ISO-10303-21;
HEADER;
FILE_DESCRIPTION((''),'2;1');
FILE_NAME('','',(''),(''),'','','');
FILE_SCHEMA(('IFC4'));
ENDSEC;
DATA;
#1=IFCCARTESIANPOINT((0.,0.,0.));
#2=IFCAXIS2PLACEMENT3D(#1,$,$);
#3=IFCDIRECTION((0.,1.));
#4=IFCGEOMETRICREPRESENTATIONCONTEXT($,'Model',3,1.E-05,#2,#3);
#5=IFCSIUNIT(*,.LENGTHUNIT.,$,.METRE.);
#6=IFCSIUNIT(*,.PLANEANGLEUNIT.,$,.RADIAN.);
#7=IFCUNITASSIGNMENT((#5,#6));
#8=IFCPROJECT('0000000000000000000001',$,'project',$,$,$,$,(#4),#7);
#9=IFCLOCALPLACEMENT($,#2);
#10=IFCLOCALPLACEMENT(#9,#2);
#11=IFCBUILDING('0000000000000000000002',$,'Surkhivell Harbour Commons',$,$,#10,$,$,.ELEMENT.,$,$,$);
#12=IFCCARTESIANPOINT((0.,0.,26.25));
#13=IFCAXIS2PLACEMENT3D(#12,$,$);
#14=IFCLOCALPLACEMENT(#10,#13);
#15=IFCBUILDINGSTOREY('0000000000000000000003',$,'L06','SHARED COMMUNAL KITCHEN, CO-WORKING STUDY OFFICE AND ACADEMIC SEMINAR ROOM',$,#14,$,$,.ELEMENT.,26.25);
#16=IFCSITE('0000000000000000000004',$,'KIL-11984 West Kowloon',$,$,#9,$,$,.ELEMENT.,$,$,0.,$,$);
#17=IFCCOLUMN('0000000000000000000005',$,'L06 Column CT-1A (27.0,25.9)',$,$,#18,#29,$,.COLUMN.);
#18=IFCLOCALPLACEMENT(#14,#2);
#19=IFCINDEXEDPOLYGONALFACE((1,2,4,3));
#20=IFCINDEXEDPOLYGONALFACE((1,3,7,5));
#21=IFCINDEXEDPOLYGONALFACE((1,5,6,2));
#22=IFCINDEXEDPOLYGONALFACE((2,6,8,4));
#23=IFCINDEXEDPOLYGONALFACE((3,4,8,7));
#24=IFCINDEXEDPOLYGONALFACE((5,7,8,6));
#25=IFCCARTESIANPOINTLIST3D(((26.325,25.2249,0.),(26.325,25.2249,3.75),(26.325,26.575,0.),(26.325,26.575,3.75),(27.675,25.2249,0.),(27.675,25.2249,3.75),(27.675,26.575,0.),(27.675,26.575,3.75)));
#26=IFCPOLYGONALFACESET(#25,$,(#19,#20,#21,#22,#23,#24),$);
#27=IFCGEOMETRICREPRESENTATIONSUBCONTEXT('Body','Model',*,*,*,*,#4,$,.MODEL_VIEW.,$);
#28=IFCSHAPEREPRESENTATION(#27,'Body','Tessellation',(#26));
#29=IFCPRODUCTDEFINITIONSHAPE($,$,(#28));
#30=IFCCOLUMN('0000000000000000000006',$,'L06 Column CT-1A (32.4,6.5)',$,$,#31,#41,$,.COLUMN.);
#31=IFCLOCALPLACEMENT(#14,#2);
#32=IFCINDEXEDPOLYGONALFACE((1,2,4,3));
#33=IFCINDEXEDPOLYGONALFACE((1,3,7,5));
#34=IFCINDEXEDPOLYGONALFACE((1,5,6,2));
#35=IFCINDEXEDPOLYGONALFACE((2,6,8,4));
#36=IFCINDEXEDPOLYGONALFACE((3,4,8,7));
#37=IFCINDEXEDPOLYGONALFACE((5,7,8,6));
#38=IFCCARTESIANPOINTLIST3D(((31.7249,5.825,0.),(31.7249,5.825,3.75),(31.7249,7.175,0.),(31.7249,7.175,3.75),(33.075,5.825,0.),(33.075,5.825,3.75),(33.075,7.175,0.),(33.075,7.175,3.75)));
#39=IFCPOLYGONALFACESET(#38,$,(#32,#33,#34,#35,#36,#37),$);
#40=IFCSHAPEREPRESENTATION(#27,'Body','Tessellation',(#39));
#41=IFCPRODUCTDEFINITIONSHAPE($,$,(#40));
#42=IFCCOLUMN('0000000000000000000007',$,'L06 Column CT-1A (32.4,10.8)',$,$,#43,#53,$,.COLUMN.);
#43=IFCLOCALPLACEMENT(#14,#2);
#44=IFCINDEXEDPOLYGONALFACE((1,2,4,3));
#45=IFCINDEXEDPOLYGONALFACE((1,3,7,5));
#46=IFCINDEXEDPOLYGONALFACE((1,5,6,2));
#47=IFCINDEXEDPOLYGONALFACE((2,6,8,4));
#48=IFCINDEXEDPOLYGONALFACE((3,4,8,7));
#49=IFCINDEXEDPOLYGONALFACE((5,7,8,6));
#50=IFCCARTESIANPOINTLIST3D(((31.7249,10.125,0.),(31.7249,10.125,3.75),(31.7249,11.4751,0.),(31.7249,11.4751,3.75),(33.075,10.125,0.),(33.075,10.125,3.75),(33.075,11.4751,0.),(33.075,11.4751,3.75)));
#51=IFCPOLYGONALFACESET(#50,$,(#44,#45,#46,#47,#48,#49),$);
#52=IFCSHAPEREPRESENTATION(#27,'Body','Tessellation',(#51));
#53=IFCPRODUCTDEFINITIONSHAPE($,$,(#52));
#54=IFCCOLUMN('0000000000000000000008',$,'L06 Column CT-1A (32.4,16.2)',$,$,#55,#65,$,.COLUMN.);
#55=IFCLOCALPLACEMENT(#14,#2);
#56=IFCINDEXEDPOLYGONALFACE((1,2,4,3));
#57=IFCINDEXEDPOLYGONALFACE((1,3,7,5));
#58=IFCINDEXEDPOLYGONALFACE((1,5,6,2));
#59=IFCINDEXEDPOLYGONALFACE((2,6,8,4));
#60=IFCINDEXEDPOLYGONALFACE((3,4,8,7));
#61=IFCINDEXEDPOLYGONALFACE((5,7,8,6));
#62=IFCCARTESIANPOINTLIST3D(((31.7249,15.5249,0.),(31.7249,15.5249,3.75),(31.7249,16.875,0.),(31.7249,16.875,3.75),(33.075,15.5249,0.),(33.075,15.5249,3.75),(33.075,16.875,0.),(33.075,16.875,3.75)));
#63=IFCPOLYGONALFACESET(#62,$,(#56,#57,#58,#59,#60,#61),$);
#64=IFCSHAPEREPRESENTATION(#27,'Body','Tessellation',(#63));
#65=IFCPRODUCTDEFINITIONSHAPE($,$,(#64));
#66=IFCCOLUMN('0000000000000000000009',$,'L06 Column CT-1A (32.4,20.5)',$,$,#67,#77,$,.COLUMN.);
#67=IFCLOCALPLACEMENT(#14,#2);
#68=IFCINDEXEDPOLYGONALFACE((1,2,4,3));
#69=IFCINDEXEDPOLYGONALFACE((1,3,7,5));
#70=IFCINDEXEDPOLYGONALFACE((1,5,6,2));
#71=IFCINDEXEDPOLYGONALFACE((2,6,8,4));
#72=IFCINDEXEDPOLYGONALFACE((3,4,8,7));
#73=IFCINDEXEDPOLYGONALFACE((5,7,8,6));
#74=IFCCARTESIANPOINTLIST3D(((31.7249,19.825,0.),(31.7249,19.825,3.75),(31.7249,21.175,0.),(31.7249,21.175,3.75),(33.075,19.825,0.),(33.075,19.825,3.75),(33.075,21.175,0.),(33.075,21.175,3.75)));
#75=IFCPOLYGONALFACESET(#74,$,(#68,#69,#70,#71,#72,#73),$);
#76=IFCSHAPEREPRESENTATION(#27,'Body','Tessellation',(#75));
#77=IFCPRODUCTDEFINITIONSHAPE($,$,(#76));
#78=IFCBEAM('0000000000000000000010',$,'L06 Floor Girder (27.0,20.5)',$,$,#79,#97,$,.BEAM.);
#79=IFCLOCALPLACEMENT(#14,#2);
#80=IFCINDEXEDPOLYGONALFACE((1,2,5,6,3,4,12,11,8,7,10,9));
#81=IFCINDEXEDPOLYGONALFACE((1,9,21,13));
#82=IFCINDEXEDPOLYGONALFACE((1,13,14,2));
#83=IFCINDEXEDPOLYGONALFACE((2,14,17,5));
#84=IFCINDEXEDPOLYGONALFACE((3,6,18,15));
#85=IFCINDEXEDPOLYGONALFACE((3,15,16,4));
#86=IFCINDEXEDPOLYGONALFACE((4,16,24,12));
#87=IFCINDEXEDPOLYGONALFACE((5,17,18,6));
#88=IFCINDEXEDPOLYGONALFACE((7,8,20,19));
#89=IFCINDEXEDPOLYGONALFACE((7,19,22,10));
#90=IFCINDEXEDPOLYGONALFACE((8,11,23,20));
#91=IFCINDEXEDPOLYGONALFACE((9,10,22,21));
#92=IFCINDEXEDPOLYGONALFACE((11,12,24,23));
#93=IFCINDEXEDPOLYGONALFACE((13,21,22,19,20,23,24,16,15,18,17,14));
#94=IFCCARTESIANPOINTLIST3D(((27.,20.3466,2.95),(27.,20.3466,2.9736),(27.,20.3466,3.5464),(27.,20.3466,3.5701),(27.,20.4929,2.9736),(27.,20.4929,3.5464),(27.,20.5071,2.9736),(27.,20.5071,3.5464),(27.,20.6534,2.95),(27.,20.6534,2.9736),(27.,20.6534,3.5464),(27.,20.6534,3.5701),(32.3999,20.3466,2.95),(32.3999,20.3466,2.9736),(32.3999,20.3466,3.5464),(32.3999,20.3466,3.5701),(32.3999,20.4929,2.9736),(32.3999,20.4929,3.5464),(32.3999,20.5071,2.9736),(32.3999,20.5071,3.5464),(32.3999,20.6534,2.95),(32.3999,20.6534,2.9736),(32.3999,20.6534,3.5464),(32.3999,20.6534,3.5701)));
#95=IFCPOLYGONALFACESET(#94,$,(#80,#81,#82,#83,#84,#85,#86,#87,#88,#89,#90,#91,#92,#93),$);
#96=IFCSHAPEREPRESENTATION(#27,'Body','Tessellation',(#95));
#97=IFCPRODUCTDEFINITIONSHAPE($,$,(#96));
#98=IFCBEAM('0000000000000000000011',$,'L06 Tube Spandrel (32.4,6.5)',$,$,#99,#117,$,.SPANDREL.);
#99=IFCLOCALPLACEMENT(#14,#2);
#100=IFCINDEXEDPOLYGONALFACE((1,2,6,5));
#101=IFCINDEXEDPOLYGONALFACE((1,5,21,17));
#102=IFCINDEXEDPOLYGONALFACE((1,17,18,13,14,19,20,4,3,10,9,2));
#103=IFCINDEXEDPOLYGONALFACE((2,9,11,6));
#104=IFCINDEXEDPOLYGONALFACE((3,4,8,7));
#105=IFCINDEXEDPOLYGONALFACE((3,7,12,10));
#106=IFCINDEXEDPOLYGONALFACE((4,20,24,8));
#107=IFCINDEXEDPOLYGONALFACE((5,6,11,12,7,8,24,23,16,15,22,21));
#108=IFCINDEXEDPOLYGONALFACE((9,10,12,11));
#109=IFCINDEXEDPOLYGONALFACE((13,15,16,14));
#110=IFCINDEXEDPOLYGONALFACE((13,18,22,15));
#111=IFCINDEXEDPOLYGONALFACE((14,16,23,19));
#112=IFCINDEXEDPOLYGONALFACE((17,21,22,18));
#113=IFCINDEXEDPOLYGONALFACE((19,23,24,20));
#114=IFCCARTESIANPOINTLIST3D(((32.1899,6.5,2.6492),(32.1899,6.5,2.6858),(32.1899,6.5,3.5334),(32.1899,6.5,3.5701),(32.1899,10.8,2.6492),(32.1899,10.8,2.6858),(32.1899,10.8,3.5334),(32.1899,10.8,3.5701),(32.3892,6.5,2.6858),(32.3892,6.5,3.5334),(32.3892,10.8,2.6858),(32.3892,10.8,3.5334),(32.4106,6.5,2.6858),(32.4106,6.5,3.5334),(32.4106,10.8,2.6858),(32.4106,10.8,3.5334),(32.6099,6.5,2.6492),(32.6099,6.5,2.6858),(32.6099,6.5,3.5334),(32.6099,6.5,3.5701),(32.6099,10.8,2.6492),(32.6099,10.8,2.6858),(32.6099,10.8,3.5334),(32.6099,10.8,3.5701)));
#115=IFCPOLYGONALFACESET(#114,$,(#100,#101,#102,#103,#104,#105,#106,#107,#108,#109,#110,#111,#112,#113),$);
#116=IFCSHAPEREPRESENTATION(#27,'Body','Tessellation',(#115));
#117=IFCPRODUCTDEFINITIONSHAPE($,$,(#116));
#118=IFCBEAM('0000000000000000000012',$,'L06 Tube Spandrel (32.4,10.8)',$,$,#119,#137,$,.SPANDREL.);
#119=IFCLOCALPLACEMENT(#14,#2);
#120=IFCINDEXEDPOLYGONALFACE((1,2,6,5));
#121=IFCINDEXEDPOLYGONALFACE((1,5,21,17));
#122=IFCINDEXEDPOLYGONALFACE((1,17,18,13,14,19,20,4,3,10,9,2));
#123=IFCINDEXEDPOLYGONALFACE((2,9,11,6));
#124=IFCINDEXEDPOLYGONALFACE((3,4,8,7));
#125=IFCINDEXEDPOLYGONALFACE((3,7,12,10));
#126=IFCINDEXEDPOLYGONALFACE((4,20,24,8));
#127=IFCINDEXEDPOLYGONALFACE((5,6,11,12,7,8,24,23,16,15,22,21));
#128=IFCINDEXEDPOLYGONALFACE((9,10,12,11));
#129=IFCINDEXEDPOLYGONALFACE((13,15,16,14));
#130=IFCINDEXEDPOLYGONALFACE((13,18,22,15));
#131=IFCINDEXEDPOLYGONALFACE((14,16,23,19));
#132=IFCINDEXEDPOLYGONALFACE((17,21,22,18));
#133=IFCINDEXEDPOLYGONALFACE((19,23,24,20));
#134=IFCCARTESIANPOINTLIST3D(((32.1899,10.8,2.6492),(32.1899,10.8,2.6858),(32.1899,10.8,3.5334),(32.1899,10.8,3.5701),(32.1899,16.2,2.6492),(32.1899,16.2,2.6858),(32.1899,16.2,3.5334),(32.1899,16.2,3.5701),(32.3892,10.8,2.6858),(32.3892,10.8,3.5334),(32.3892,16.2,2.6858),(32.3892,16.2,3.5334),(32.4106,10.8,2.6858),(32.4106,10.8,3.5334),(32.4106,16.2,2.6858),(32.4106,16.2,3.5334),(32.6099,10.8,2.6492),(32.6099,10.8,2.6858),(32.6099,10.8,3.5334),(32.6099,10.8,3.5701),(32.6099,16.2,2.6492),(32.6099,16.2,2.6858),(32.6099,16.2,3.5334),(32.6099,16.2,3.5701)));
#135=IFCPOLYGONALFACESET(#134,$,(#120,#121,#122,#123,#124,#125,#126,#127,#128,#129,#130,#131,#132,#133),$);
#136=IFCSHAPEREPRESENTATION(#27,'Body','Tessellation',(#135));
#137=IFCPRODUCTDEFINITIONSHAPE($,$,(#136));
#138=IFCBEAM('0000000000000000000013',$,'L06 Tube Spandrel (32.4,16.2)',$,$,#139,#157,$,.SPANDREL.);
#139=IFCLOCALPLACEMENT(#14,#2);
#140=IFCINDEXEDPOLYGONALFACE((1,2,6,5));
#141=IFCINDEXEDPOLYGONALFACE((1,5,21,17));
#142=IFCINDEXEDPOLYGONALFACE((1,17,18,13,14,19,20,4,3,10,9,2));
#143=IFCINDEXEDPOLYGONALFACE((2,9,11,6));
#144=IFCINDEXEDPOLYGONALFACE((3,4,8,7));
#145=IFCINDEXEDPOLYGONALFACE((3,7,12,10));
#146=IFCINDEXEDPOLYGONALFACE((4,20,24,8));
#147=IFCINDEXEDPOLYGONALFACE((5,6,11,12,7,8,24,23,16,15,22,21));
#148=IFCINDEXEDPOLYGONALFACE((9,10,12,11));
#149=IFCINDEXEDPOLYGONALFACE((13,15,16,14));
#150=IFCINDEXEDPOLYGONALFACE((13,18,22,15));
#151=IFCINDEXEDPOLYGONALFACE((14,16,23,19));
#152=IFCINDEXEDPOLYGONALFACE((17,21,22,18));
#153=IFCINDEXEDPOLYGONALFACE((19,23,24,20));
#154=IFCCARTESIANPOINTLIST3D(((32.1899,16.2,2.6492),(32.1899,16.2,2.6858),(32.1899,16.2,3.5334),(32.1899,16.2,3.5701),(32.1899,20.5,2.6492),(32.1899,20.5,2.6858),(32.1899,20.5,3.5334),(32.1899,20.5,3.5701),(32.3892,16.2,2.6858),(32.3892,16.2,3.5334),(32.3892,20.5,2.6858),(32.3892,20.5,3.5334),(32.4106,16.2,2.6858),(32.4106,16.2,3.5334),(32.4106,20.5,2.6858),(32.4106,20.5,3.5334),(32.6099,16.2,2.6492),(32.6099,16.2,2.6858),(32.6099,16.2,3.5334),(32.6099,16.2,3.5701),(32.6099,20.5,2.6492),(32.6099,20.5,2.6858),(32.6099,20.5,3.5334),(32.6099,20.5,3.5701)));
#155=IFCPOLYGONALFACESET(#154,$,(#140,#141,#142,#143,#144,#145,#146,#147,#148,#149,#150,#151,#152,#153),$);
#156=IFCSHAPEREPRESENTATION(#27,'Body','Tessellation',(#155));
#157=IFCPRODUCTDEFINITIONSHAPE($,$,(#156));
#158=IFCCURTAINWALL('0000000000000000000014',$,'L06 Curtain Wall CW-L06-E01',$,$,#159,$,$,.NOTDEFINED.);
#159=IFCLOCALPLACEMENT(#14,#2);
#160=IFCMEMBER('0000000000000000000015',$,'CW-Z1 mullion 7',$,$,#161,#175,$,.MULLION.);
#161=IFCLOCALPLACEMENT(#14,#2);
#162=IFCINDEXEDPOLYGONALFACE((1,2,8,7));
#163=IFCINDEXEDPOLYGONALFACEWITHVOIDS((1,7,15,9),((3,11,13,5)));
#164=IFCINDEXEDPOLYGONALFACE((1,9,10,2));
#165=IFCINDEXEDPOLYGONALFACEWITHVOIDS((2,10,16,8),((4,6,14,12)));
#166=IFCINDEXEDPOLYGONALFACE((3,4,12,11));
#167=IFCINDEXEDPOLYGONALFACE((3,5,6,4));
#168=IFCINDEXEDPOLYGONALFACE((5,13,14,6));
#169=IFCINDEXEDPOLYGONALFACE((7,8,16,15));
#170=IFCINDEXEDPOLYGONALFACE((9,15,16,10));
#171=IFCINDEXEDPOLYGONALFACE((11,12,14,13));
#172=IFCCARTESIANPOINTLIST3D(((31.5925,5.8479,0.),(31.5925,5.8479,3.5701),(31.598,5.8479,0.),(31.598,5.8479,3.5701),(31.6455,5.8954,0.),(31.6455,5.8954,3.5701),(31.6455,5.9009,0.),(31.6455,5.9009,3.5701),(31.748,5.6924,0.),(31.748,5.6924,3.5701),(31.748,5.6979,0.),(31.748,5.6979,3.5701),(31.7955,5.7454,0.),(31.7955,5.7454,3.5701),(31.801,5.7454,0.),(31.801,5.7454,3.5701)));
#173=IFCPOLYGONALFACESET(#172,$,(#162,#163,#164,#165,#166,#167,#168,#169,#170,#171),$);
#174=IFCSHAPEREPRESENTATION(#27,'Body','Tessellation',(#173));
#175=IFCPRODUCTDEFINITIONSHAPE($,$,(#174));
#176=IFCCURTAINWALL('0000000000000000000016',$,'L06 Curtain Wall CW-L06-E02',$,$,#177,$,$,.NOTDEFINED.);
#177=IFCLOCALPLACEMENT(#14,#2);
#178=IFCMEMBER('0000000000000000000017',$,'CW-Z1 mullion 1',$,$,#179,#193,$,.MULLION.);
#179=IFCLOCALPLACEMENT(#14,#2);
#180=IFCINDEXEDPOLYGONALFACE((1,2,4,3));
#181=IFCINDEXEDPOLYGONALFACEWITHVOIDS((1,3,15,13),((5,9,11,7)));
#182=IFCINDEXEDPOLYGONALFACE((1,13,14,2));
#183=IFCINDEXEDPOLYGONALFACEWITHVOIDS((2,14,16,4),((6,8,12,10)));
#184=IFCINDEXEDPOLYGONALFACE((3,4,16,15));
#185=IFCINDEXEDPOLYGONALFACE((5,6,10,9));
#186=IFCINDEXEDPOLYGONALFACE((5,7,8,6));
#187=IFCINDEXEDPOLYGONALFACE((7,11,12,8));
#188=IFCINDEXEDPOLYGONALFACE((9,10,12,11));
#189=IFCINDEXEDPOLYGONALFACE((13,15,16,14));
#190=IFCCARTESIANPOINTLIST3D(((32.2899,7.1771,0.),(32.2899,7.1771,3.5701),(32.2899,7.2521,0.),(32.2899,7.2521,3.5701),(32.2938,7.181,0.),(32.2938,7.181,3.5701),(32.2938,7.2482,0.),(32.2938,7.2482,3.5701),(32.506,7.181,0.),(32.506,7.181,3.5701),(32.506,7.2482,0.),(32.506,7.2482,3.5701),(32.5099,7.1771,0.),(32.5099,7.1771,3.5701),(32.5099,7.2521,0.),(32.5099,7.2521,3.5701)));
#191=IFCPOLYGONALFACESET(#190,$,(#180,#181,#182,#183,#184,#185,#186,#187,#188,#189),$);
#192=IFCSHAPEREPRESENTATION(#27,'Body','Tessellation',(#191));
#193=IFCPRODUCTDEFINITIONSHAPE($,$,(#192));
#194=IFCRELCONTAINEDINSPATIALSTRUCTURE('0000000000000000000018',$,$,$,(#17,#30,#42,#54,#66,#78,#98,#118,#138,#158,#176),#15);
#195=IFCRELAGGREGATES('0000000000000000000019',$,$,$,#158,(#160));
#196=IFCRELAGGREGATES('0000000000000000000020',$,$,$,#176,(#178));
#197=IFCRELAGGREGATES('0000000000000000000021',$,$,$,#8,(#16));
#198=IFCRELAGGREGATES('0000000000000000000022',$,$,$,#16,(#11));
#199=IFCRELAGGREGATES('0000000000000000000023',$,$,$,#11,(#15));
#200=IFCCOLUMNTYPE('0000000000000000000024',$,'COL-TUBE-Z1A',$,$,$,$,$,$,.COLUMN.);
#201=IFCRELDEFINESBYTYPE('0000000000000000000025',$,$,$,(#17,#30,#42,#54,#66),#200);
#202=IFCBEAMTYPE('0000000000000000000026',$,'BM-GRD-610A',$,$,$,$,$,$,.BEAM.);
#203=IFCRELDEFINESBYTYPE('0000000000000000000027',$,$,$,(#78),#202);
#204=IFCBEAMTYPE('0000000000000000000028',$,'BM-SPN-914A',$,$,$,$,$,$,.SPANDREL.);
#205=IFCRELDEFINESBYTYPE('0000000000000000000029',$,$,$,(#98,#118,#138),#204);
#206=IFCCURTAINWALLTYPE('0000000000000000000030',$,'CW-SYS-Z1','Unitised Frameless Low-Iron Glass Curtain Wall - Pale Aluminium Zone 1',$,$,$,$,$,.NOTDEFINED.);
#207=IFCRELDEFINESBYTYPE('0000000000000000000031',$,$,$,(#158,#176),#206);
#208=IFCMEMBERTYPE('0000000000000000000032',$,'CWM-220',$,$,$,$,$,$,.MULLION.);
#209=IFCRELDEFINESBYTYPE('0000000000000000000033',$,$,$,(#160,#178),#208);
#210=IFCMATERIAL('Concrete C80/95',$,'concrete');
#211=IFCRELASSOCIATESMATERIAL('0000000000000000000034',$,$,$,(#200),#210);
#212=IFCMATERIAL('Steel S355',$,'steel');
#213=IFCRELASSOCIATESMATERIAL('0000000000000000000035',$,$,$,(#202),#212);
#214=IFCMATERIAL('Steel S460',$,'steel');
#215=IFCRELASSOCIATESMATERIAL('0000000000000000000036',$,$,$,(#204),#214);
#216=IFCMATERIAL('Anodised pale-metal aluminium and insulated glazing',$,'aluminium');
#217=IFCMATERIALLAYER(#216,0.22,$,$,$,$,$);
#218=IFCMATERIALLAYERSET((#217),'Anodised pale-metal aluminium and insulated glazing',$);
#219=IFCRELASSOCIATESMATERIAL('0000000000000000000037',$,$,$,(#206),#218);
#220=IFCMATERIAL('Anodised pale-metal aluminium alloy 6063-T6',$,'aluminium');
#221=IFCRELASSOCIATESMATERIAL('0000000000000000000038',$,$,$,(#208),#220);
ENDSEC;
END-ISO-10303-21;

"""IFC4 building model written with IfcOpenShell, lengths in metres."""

from ifc_helpers import new_model, si_unit, direction, frame, origin, origin_2d, place, context, subcontext, project, spatial, rectangle, hollow_rectangle, i_section, extrude, material, layer, layer_set, material_profile, profile_set, type_object, element, aggregate, save


model = new_model("IFC4")

# Units and contexts
model_context = context("Model", 3, precision=1e-05, world=origin(), true_north=direction((0.0, 1.0)))
body_context = subcontext(model_context, "Body", "Model", "MODEL_VIEW")
ifc_project = project(units=[si_unit("LENGTHUNIT", "METRE"), si_unit("PLANEANGLEUNIT", "RADIAN")], contexts=[model_context])

# Site, building, storey
site_placement = place(None, origin())
site = spatial("IfcSite", under=ifc_project, at=site_placement, Name="KIL-11984 West Kowloon", CompositionType="ELEMENT", RefElevation=0.0)
building_placement = place(site_placement, origin())
building = spatial("IfcBuilding", under=site, at=building_placement, Name="Surkhivell Harbour Commons", CompositionType="ELEMENT")
storey_placement = place(building_placement, frame((0.0, 0.0, 26.25)))
storey = spatial("IfcBuildingStorey", under=building, at=storey_placement, Name="L06", Description="SHARED COMMUNAL KITCHEN, CO-WORKING STUDY OFFICE AND ACADEMIC SEMINAR ROOM", CompositionType="ELEMENT", Elevation=26.25)

# Columns
ifc_material_1 = material(Name="Concrete C80/95", Category="concrete")
ifc_material_profile_1 = material_profile(ifc_material_1, rectangle(XDim=1.3501, YDim=1.3501, at=origin_2d()), Name="RC-COL-1350x1350")
ifc_profile_set_1 = profile_set([ifc_material_profile_1], Name="Concrete C80/95")
column_type = type_object("IfcColumnType", Name="COL-TUBE-Z1A", PredefinedType="COLUMN", material=ifc_profile_set_1)
for number, where, z_axis, x_axis, name in (
    (1, (27.0, 25.8999, 0.0), (0.0, 0.0, 1.0), (1.0, 0.0, 0.0), "L06 Column CT-1A (27.0,25.9)"),
    (2, (32.3999, 6.5, 0.0), (0.0, 0.0, 1.0), (1.0, 0.0, 0.0), "L06 Column CT-1A (32.4,6.5)"),
    (3, (32.3999, 10.8, 0.0), (0.0, 0.0, 1.0), (1.0, 0.0, 0.0), "L06 Column CT-1A (32.4,10.8)"),
    (4, (32.3999, 16.2, 0.0), (0.0, 0.0, 1.0), (1.0, 0.0, 0.0), "L06 Column CT-1A (32.4,16.2)"),
    (5, (32.3999, 20.5, 0.0), (0.0, 0.0, 1.0), (1.0, 0.0, 0.0), "L06 Column CT-1A (32.4,20.5)"),
):
    element("IfcColumn", number, at=place(storey_placement, frame(where, z_axis=z_axis, x_axis=x_axis)), inside=storey, type_object=column_type, Name=name, PredefinedType="COLUMN", context=body_context, shape_type="SweptSolid", body=[
        extrude(rectangle(XDim=1.3501, YDim=1.3501, at=origin_2d()), origin(), (0.0, 0.0, 1.0), 3.75),
    ])

# Beams
ifc_material_2 = material(Name="Steel S355", Category="steel")
ifc_material_profile_2 = material_profile(ifc_material_2, i_section(OverallWidth=0.3069, OverallDepth=0.6201, WebThickness=0.0142, FlangeThickness=0.0237, at=origin_2d()), Name="UB610x305x179")
ifc_profile_set_2 = profile_set([ifc_material_profile_2], Name="Steel S355")
beam_type_1 = type_object("IfcBeamType", Name="BM-GRD-610A", PredefinedType="BEAM", material=ifc_profile_set_2)
beam_1_placement = place(storey_placement, frame((27.0, 20.5, 3.26), z_axis=(1.0, 0.0, 0.0), x_axis=(0.0, 1.0, 0.0)))
element("IfcBeam", 6, at=beam_1_placement, inside=storey, type_object=beam_type_1, Name="L06 Floor Girder (27.0,20.5)", PredefinedType="BEAM", context=body_context, shape_type="SweptSolid", body=[
    extrude(i_section(OverallWidth=0.3069, OverallDepth=0.6201, WebThickness=0.0142, FlangeThickness=0.0237, at=origin_2d()), origin(), (0.0, 0.0, 1.0), 5.3999),
])
ifc_material_3 = material(Name="Steel S460", Category="steel")
ifc_material_profile_3 = material_profile(ifc_material_3, i_section(OverallWidth=0.4199, OverallDepth=0.9209, WebThickness=0.0215, FlangeThickness=0.0366, at=origin_2d()), Name="UB914x419x388")
ifc_profile_set_3 = profile_set([ifc_material_profile_3], Name="Steel S460")
beam_type_2 = type_object("IfcBeamType", Name="BM-SPN-914A", PredefinedType="SPANDREL", material=ifc_profile_set_3)
beam_2_placement = place(storey_placement, frame((32.3999, 6.5, 3.1096), z_axis=(0.0, 1.0, 0.0), x_axis=(-1.0, 0.0, 0.0)))
element("IfcBeam", 7, at=beam_2_placement, inside=storey, type_object=beam_type_2, Name="L06 Tube Spandrel (32.4,6.5)", PredefinedType="SPANDREL", context=body_context, shape_type="SweptSolid", body=[
    extrude(i_section(OverallWidth=0.4199, OverallDepth=0.9209, WebThickness=0.0215, FlangeThickness=0.0366, at=origin_2d()), origin(), (0.0, 0.0, 1.0), 4.3),
])
beam_3_placement = place(storey_placement, frame((32.3999, 10.8, 3.1096), z_axis=(0.0, 1.0, 0.0), x_axis=(-1.0, 0.0, 0.0)))
element("IfcBeam", 8, at=beam_3_placement, inside=storey, type_object=beam_type_2, Name="L06 Tube Spandrel (32.4,10.8)", PredefinedType="SPANDREL", context=body_context, shape_type="SweptSolid", body=[
    extrude(i_section(OverallWidth=0.4199, OverallDepth=0.9209, WebThickness=0.0215, FlangeThickness=0.0366, at=origin_2d()), origin(), (0.0, 0.0, 1.0), 5.3999),
])
beam_4_placement = place(storey_placement, frame((32.3999, 16.2, 3.1096), z_axis=(0.0, 1.0, 0.0), x_axis=(-1.0, 0.0, 0.0)))
element("IfcBeam", 9, at=beam_4_placement, inside=storey, type_object=beam_type_2, Name="L06 Tube Spandrel (32.4,16.2)", PredefinedType="SPANDREL", context=body_context, shape_type="SweptSolid", body=[
    extrude(i_section(OverallWidth=0.4199, OverallDepth=0.9209, WebThickness=0.0215, FlangeThickness=0.0366, at=origin_2d()), origin(), (0.0, 0.0, 1.0), 4.3),
])

# Curtain wall, member
ifc_material_4 = material(Name="Anodised pale-metal aluminium and insulated glazing", Category="aluminium")
ifc_layer_1 = layer(ifc_material_4, 0.22)
ifc_layer_set_1 = layer_set([ifc_layer_1], Name="Anodised pale-metal aluminium and insulated glazing")
curtain_wall_type = type_object("IfcCurtainWallType", Name="CW-SYS-Z1", Description="Unitised Frameless Low-Iron Glass Curtain Wall - Pale Aluminium Zone 1", PredefinedType="NOTDEFINED", material=ifc_layer_set_1)
curtain_wall_1_placement = place(storey_placement, origin())
curtain_wall_1 = element("IfcCurtainWall", 10, at=curtain_wall_1_placement, inside=storey, type_object=curtain_wall_type, Name="L06 Curtain Wall CW-L06-E01", PredefinedType="NOTDEFINED")
ifc_material_5 = material(Name="Anodised pale-metal aluminium alloy 6063-T6", Category="aluminium")
ifc_material_profile_4 = material_profile(ifc_material_5, hollow_rectangle(XDim=0.075, YDim=0.22, WallThickness=0.0039, at=origin_2d()), Name="ALU-MULL-75x220")
ifc_profile_set_4 = profile_set([ifc_material_profile_4], Name="Anodised pale-metal aluminium alloy 6063-T6")
member_type_1 = type_object("IfcMemberType", Name="CWM-220", PredefinedType="MULLION", material=ifc_profile_set_4)
member_1_placement = place(storey_placement, frame((31.6968, 5.7966, 0.0), z_axis=(0.0, 0.0, 1.0), x_axis=(0.707107, 0.707107, 0.0)))
member_1 = element("IfcMember", 11, at=member_1_placement, type_object=member_type_1, Name="CW-Z1 mullion 7", PredefinedType="MULLION", context=body_context, shape_type="SweptSolid", body=[
    extrude(hollow_rectangle(XDim=0.075, YDim=0.22, WallThickness=0.0039, at=origin_2d()), origin(), (0.0, 0.0, 1.0), 3.5701),
])
aggregate(curtain_wall_1, [member_1])

# Curtain wall, member
curtain_wall_2_placement = place(storey_placement, origin())
curtain_wall_2 = element("IfcCurtainWall", 12, at=curtain_wall_2_placement, inside=storey, type_object=curtain_wall_type, Name="L06 Curtain Wall CW-L06-E02", PredefinedType="NOTDEFINED")
member_2_placement = place(storey_placement, frame((32.3999, 7.2146, 0.0), z_axis=(0.0, 0.0, 1.0), x_axis=(0.0, 1.0, 0.0)))
member_2 = element("IfcMember", 13, at=member_2_placement, type_object=member_type_1, Name="CW-Z1 mullion 1", PredefinedType="MULLION", context=body_context, shape_type="SweptSolid", body=[
    extrude(hollow_rectangle(XDim=0.075, YDim=0.22, WallThickness=0.0039, at=origin_2d()), origin(), (0.0, 0.0, 1.0), 3.5701),
])
aggregate(curtain_wall_2, [member_2])

save(model, "model.ifc")
